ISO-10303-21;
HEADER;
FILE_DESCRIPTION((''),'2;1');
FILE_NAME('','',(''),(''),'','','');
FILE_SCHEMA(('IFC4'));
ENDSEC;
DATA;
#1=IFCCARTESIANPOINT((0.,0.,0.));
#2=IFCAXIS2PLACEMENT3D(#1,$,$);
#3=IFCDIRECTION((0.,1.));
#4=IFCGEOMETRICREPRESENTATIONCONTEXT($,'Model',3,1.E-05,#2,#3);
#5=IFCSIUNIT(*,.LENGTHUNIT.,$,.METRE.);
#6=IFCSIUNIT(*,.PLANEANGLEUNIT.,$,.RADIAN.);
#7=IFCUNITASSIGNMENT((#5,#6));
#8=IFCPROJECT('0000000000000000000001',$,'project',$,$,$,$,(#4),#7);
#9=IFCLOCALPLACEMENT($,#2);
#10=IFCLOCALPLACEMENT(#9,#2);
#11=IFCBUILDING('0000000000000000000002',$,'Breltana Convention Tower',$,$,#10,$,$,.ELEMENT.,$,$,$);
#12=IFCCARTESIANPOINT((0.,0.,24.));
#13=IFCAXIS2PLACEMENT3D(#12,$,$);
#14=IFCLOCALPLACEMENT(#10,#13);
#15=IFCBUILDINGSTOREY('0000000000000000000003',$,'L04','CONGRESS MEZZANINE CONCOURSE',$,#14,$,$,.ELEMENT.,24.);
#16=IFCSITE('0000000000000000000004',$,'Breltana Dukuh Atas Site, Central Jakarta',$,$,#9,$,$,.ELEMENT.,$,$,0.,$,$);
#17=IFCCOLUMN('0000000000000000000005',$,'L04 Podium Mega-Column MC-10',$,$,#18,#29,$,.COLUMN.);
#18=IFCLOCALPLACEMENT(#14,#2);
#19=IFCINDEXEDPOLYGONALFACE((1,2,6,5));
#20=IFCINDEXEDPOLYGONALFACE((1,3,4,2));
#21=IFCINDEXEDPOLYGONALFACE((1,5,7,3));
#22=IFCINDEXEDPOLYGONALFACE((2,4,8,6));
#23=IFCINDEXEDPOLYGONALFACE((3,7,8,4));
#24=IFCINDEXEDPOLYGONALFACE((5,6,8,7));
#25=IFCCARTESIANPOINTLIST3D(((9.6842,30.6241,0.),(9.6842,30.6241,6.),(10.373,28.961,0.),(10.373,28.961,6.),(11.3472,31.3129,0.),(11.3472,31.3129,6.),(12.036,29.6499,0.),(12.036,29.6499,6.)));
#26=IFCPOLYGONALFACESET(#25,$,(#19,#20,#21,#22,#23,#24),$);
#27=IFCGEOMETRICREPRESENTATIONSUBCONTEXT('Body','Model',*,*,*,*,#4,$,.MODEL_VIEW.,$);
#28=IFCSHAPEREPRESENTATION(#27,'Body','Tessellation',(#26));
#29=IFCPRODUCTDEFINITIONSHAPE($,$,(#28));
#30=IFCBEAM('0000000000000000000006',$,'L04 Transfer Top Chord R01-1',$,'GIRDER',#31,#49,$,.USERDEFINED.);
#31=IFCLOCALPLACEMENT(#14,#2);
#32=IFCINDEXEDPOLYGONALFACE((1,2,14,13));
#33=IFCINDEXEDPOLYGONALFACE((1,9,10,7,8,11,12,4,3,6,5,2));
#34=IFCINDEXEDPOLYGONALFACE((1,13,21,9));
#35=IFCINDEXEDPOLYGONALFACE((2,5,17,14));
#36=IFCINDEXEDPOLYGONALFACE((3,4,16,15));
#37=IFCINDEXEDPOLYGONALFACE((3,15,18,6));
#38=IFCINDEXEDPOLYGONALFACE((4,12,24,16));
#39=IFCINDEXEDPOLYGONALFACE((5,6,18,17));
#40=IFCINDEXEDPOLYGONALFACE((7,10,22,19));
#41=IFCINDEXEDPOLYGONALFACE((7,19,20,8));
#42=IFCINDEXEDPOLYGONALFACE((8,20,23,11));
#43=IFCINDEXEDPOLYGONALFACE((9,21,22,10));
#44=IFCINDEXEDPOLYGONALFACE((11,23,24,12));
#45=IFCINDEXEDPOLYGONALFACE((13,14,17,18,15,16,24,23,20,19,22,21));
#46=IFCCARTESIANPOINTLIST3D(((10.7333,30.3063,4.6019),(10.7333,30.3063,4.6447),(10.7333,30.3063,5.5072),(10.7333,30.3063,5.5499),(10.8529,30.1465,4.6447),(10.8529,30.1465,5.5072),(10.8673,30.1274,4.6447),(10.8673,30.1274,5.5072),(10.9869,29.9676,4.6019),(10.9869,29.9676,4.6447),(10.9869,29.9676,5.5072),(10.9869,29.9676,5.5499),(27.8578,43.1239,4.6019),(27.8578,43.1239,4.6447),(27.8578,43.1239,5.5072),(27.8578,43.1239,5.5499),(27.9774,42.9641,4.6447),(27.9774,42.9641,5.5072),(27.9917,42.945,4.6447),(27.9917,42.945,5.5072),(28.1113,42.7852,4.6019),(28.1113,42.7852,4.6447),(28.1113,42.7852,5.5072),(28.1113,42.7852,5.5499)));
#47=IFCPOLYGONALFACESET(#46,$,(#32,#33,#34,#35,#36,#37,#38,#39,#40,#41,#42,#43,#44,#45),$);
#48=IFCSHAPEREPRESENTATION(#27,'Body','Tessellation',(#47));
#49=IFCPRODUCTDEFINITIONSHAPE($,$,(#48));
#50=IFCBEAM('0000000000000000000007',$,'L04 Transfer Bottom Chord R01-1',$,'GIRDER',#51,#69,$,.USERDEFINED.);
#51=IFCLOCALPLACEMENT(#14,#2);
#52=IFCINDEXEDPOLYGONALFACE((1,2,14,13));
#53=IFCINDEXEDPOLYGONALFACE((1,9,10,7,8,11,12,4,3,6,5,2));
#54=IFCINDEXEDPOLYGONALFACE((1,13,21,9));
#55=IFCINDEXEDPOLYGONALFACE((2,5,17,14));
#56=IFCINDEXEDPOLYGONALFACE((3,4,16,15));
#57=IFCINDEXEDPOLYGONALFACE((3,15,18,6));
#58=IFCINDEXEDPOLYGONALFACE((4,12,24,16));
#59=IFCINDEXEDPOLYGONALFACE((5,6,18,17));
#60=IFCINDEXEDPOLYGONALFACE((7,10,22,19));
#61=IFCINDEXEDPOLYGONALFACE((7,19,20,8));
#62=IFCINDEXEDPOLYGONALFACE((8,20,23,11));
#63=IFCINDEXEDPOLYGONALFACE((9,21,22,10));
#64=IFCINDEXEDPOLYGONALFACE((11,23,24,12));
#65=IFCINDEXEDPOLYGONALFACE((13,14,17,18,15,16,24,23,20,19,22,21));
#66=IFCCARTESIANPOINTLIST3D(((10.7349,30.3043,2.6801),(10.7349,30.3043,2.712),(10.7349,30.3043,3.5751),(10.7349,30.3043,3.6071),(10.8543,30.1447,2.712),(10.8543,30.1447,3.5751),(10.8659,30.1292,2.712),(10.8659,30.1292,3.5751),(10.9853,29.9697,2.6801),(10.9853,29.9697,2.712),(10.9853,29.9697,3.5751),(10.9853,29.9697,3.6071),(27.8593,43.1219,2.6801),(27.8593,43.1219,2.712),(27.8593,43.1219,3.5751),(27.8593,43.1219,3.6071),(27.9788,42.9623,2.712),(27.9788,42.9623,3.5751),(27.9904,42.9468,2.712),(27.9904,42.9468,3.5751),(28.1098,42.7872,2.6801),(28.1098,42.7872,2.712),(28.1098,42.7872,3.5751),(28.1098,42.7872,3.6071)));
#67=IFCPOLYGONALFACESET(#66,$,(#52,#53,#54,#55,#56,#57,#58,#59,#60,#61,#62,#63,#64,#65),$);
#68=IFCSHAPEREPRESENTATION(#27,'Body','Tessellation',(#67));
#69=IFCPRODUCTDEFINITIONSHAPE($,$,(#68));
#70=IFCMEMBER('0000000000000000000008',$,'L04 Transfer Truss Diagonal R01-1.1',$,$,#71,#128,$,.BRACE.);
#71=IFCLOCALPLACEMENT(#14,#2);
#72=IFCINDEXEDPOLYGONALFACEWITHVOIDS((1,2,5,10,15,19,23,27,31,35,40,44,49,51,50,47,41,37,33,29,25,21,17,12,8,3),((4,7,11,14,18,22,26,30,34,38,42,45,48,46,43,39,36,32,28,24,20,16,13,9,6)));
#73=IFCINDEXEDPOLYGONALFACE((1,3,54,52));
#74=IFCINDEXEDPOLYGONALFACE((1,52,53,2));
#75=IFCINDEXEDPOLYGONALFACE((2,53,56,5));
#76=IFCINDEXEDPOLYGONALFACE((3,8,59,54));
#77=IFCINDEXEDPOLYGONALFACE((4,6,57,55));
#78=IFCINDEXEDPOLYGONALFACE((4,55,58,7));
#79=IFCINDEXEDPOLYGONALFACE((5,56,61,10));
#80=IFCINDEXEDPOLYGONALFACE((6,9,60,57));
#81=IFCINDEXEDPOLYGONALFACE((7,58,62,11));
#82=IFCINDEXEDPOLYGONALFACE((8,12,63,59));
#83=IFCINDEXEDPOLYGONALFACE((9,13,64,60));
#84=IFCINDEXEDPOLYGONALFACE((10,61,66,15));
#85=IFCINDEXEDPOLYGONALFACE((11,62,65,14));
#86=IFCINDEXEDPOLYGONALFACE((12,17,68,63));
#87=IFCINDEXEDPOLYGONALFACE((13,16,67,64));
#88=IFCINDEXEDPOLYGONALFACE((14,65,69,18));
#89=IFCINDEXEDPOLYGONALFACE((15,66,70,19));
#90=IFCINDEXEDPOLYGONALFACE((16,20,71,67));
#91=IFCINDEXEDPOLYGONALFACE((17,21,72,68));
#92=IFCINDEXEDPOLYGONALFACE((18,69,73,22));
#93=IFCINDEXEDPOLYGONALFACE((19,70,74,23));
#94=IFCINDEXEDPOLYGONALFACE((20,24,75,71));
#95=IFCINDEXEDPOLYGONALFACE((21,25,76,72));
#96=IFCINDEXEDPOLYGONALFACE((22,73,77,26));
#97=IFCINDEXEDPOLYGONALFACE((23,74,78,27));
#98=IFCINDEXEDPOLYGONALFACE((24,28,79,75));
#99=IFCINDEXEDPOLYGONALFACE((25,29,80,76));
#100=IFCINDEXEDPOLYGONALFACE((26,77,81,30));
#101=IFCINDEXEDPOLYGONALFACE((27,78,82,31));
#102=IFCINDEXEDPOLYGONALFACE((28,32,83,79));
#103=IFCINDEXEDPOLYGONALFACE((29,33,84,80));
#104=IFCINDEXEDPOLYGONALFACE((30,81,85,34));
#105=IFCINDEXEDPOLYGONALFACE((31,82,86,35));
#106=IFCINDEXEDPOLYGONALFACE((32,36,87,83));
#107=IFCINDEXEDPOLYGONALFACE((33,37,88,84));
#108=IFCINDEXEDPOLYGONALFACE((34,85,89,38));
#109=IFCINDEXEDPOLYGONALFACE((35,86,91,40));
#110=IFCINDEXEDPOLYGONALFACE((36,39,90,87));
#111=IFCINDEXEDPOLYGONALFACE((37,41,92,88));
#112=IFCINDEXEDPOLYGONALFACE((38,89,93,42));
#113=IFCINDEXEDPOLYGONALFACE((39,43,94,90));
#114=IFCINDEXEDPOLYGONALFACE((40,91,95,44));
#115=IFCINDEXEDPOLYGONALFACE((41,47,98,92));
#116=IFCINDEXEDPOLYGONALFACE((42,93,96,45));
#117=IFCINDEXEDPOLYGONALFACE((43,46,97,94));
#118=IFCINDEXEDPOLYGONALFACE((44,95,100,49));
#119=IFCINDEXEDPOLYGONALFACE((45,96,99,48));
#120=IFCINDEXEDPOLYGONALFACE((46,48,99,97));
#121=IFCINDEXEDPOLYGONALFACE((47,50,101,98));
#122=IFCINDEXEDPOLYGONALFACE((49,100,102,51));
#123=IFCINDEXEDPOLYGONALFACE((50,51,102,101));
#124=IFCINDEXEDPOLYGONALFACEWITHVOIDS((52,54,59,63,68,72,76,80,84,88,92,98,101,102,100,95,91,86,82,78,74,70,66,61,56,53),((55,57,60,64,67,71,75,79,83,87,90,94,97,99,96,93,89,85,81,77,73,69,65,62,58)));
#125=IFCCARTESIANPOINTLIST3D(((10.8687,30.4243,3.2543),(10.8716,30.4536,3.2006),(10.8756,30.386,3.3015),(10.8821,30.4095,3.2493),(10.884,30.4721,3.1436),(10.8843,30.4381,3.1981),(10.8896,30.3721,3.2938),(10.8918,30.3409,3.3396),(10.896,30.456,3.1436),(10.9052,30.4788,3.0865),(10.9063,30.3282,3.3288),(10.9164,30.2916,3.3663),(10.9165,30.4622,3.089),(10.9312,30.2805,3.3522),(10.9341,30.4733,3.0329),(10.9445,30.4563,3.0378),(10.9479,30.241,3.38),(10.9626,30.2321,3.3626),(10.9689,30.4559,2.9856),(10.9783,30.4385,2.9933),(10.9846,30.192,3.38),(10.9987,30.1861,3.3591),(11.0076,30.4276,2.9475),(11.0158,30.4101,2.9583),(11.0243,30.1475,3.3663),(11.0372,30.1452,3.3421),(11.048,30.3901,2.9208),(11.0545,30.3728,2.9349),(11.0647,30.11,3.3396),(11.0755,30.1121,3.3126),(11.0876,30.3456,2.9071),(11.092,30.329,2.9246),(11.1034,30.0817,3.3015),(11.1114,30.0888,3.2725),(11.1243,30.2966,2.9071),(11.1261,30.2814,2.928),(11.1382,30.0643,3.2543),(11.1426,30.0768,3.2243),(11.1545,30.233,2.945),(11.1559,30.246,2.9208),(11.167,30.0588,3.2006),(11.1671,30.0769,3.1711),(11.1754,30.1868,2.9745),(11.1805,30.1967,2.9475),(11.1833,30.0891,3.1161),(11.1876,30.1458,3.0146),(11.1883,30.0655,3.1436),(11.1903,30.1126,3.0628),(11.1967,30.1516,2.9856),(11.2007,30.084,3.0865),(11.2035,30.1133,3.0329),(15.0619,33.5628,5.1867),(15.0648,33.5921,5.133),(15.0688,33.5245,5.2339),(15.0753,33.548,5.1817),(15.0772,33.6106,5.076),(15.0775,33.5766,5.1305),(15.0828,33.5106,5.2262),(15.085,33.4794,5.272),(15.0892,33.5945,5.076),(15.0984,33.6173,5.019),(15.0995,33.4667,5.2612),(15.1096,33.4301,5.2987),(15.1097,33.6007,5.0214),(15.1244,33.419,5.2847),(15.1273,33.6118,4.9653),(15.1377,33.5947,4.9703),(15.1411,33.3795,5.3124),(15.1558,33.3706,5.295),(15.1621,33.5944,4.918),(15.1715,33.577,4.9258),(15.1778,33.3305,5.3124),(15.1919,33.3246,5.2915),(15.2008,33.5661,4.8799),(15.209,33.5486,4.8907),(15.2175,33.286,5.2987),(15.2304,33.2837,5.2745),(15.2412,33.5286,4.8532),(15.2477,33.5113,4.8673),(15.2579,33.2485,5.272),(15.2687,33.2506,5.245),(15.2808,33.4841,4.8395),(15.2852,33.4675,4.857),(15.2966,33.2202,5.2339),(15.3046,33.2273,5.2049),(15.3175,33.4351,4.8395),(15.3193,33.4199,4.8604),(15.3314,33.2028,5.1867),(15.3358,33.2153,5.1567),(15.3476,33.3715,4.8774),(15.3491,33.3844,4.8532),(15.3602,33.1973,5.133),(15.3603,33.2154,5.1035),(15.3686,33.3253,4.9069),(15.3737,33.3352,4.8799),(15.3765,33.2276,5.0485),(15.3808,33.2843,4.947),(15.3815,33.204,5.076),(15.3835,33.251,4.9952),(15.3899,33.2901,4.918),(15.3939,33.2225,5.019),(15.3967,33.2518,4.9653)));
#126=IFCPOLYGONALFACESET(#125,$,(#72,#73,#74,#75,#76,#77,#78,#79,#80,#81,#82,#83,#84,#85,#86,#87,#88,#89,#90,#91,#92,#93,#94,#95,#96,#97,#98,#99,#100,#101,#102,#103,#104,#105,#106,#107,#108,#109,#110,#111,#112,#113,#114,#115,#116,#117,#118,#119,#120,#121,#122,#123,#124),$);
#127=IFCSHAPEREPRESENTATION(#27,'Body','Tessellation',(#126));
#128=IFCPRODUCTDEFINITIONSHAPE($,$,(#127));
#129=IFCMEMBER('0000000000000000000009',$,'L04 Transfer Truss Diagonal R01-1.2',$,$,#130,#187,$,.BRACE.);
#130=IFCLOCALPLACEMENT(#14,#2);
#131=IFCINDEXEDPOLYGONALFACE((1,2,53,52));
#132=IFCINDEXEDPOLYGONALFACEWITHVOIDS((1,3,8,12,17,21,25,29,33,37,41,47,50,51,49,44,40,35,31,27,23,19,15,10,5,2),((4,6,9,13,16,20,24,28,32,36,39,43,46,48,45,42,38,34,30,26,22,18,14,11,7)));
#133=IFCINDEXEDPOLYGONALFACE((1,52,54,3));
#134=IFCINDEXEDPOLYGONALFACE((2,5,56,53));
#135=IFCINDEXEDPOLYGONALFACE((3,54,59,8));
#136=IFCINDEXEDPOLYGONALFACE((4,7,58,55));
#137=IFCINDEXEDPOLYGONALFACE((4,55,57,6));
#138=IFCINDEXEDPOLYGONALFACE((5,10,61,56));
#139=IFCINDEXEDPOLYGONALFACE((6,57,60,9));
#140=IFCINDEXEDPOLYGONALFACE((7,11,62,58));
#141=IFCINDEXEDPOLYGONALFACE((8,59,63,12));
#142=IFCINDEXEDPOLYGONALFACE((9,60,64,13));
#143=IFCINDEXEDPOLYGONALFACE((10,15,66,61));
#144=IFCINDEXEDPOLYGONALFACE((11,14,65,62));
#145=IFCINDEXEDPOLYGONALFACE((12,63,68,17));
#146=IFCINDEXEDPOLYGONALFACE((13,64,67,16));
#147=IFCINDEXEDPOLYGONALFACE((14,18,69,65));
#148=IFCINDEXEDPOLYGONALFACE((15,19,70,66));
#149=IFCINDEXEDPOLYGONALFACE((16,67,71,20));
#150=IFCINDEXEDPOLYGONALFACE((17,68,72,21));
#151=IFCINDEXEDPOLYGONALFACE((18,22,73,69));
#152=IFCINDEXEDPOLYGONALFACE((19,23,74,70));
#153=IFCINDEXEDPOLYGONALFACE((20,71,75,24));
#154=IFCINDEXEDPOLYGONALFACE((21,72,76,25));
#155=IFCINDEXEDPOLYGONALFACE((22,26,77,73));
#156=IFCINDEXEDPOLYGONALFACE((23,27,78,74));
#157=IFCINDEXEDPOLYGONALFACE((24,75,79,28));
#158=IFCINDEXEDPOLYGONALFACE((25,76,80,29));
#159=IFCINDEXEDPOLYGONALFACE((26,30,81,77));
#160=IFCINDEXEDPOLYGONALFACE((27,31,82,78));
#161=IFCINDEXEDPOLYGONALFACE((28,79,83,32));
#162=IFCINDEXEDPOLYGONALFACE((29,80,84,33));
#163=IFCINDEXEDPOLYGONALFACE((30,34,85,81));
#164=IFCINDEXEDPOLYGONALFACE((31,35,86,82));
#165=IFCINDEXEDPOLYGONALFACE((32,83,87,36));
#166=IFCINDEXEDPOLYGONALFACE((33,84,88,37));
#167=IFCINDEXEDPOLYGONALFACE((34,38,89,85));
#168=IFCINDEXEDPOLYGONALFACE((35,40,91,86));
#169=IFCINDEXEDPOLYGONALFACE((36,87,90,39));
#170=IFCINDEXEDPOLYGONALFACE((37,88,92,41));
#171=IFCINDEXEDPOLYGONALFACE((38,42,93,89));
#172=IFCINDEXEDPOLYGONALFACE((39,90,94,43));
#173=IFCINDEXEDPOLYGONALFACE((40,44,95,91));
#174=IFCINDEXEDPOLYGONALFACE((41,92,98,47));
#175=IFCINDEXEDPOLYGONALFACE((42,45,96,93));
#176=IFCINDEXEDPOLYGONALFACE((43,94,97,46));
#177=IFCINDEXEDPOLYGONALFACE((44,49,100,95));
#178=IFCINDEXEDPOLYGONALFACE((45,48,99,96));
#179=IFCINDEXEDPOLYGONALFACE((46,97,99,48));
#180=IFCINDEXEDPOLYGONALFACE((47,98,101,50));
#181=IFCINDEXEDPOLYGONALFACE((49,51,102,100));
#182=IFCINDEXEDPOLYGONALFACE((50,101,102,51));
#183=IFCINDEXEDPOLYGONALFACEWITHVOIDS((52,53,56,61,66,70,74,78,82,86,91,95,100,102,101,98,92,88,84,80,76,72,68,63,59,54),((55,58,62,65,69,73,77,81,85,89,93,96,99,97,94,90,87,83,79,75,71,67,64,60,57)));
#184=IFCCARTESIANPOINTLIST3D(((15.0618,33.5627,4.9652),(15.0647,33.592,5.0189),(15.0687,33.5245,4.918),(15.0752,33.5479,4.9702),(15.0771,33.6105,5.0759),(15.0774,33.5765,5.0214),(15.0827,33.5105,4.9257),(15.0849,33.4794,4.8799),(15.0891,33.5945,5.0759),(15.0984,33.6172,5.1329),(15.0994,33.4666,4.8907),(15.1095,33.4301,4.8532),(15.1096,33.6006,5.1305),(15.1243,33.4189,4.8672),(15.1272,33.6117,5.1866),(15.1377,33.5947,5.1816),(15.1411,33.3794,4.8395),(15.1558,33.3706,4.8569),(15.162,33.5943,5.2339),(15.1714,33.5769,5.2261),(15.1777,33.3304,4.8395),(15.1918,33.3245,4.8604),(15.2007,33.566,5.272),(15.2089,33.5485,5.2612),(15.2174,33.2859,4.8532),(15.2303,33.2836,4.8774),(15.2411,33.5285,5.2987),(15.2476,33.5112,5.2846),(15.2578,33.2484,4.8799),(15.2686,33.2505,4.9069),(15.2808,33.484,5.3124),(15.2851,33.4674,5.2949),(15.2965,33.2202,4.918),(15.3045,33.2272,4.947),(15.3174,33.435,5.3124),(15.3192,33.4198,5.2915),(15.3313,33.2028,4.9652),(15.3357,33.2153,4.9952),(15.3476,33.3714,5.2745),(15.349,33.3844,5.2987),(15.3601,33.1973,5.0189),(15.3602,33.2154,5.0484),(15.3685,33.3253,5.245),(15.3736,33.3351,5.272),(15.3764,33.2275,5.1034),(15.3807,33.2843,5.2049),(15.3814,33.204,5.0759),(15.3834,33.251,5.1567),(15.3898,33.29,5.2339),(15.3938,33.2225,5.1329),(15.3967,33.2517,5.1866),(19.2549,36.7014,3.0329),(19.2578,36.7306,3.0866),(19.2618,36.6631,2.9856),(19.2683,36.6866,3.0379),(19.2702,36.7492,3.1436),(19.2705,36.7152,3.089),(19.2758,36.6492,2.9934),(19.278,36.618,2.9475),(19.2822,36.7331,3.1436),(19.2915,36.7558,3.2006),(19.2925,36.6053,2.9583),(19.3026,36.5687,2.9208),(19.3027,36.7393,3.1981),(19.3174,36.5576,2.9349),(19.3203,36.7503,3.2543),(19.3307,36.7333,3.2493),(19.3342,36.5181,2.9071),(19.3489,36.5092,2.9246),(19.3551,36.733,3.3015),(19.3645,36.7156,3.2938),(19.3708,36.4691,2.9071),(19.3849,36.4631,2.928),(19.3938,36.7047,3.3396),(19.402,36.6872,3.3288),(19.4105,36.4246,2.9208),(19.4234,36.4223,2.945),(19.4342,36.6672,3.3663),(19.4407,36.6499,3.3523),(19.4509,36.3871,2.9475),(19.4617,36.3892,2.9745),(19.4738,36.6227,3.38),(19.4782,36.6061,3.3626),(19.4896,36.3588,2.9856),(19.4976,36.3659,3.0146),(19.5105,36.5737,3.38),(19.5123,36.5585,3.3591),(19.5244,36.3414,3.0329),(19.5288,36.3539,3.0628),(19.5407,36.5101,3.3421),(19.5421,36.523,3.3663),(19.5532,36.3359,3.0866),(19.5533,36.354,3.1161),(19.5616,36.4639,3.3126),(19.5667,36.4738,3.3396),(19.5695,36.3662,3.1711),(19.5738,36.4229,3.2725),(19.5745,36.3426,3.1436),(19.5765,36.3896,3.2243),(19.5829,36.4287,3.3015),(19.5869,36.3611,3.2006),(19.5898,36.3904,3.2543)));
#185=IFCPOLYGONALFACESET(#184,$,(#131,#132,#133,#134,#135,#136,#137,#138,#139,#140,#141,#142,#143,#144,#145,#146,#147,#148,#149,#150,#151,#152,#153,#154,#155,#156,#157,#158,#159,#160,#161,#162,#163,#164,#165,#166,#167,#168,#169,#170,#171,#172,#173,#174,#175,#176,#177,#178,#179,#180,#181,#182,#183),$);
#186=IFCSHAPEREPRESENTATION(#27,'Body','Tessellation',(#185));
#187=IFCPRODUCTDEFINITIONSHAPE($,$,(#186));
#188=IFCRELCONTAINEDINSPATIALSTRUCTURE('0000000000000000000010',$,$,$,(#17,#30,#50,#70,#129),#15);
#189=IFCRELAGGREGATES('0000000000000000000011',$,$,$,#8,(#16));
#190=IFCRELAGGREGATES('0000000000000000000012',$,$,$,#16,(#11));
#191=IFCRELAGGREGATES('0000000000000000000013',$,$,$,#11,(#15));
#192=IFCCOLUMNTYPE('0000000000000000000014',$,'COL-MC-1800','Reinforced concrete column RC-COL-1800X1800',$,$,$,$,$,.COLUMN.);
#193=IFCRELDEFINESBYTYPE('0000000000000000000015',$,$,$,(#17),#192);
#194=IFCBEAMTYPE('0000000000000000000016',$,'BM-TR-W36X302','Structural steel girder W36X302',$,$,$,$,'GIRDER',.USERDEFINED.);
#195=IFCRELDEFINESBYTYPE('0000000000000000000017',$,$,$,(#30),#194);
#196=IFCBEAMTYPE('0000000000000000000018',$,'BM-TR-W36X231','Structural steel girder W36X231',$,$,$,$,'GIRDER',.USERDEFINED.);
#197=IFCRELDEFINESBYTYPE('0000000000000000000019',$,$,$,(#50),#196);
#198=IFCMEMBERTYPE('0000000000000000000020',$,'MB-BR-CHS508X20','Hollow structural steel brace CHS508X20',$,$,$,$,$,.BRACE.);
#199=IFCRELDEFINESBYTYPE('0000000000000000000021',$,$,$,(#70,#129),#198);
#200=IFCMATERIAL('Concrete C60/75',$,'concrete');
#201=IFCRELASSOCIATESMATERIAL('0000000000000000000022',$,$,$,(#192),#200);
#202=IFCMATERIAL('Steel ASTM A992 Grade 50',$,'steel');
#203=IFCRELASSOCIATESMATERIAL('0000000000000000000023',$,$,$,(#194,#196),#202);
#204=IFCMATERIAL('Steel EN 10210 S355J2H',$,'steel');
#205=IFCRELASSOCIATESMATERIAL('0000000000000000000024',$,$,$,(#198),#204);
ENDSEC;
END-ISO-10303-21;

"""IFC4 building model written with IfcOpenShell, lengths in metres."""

from ifc_helpers import new_model, si_unit, direction, frame, origin, origin_2d, place, context, subcontext, project, spatial, rectangle, hollow_circle, i_section, extrude, source, transform, mapped, material, material_profile, profile_set, type_object, type_shapes, element, save


model = new_model("IFC4")

# Units and contexts
model_context = context("Model", 3, precision=1e-05, world=origin(), true_north=direction((0.0, 1.0)))
body_context = subcontext(model_context, "Body", "Model", "MODEL_VIEW")
ifc_project = project(units=[si_unit("LENGTHUNIT", "METRE"), si_unit("PLANEANGLEUNIT", "RADIAN")], contexts=[model_context])

# Site, building, storey
site_placement = place(None, origin())
site = spatial("IfcSite", under=ifc_project, at=site_placement, Name="Breltana Dukuh Atas Site, Central Jakarta", CompositionType="ELEMENT", RefElevation=0.0)
building_placement = place(site_placement, origin())
building = spatial("IfcBuilding", under=site, at=building_placement, Name="Breltana Convention Tower", CompositionType="ELEMENT")
storey_placement = place(building_placement, frame((0.0, 0.0, 24.0)))
storey = spatial("IfcBuildingStorey", under=building, at=storey_placement, Name="L04", Description="CONGRESS MEZZANINE CONCOURSE", CompositionType="ELEMENT", Elevation=24.0)

# Column
ifc_material_1 = material(Name="Concrete C60/75", Category="concrete")
ifc_material_profile_1 = material_profile(ifc_material_1, rectangle(XDim=1.8, YDim=1.8, at=origin_2d()), Name="RC-COL-1800X1800")
ifc_profile_set_1 = profile_set([ifc_material_profile_1], Name="Concrete C60/75")
column_type = type_object("IfcColumnType", Name="COL-MC-1800", Description="Reinforced concrete column RC-COL-1800X1800", PredefinedType="COLUMN", material=ifc_profile_set_1)
shared_shape_1 = source(origin(), body_context, "Body", "SweptSolid", [
    extrude(rectangle(XDim=1.8, YDim=1.8, at=origin_2d()), origin(), (0.0, 0.0, 1.0), 6.0),
])
type_shapes(column_type, [shared_shape_1])
column_placement = place(storey_placement, frame((10.8601, 30.137, 0.0), z_axis=(0.0, 0.0, 1.0), x_axis=(-0.92388, -0.382683, 0.0)))
element("IfcColumn", 1, at=column_placement, inside=storey, type_object=column_type, Name="L04 Podium Mega-Column MC-10", PredefinedType="COLUMN", context=body_context, shape_type="MappedRepresentation", body=[
    mapped(shared_shape_1, transform((0.0, 0.0, 0.0), scale=1.0)),
])

# Beams
ifc_material_2 = material(Name="Steel ASTM A992 Grade 50", Category="steel")
ifc_material_profile_2 = material_profile(ifc_material_2, i_section(OverallWidth=0.4231, OverallDepth=0.948, WebThickness=0.0239, FlangeThickness=0.0427, at=origin_2d()), Name="W36X302")
ifc_profile_set_2 = profile_set([ifc_material_profile_2], Name="Steel ASTM A992 Grade 50")
beam_type_1 = type_object("IfcBeamType", Name="BM-TR-W36X302", Description="Structural steel girder W36X302", ElementType="GIRDER", PredefinedType="USERDEFINED", material=ifc_profile_set_2)
shared_shape_2 = source(origin(), body_context, "Body", "SweptSolid", [
    extrude(i_section(OverallWidth=0.4231, OverallDepth=0.948, WebThickness=0.0239, FlangeThickness=0.0427, at=origin_2d()), origin(), (0.0, 0.0, 1.0), 21.3901),
])
type_shapes(beam_type_1, [shared_shape_2])
beam_1_placement = place(storey_placement, frame((10.8601, 30.137, 5.0759), z_axis=(0.800578, 0.599229, 0.0), x_axis=(-0.599229, 0.800578, 0.0)))
element("IfcBeam", 2, at=beam_1_placement, inside=storey, type_object=beam_type_1, Name="L04 Transfer Top Chord R01-1", ObjectType="GIRDER", PredefinedType="USERDEFINED", context=body_context, shape_type="MappedRepresentation", body=[
    mapped(shared_shape_2, transform((0.0, 0.0, 0.0), scale=1.0)),
])
ifc_material_profile_3 = material_profile(ifc_material_2, i_section(OverallWidth=0.418, OverallDepth=0.927, WebThickness=0.0193, FlangeThickness=0.032, at=origin_2d()), Name="W36X231")
ifc_profile_set_3 = profile_set([ifc_material_profile_3], Name="Steel ASTM A992 Grade 50")
beam_type_2 = type_object("IfcBeamType", Name="BM-TR-W36X231", Description="Structural steel girder W36X231", ElementType="GIRDER", PredefinedType="USERDEFINED", material=ifc_profile_set_3)
shared_shape_3 = source(origin(), body_context, "Body", "SweptSolid", [
    extrude(i_section(OverallWidth=0.418, OverallDepth=0.927, WebThickness=0.0193, FlangeThickness=0.032, at=origin_2d()), origin(), (0.0, 0.0, 1.0), 21.3901),
])
type_shapes(beam_type_2, [shared_shape_3])
beam_2_placement = place(storey_placement, frame((10.8601, 30.137, 3.1436), z_axis=(0.800578, 0.599229, 0.0), x_axis=(-0.599229, 0.800578, 0.0)))
element("IfcBeam", 3, at=beam_2_placement, inside=storey, type_object=beam_type_2, Name="L04 Transfer Bottom Chord R01-1", ObjectType="GIRDER", PredefinedType="USERDEFINED", context=body_context, shape_type="MappedRepresentation", body=[
    mapped(shared_shape_3, transform((0.0, 0.0, 0.0), scale=1.0)),
])

# Members
ifc_material_3 = material(Name="Steel EN 10210 S355J2H", Category="steel")
ifc_material_profile_4 = material_profile(ifc_material_3, hollow_circle(Radius=0.2539, WallThickness=0.02, at=origin_2d()), Name="CHS508X20")
ifc_profile_set_4 = profile_set([ifc_material_profile_4], Name="Steel EN 10210 S355J2H")
member_type = type_object("IfcMemberType", Name="MB-BR-CHS508X20", Description="Hollow structural steel brace CHS508X20", PredefinedType="BRACE", material=ifc_profile_set_4)
shared_shape_4 = source(origin(), body_context, "Body", "SweptSolid", [
    extrude(hollow_circle(Radius=0.2539, WallThickness=0.02, at=origin_2d()), origin(), (0.0, 0.0, 1.0), 5.5828),
])
type_shapes(member_type, [shared_shape_4])
for number, where, z_axis, x_axis, name in (
    (4, (11.0361, 30.2688, 3.1436), (0.751097, 0.562175, 0.346139), (-0.599217, 0.800587, 0.0), "L04 Transfer Truss Diagonal R01-1.1"),
    (5, (15.2292, 33.4072, 5.0759), (0.751079, 0.562205, -0.34613), (-0.599246, 0.800565, 0.0), "L04 Transfer Truss Diagonal R01-1.2"),
):
    element("IfcMember", number, at=place(storey_placement, frame(where, z_axis=z_axis, x_axis=x_axis)), inside=storey, type_object=member_type, Name=name, PredefinedType="BRACE", context=body_context, shape_type="MappedRepresentation", body=[
        mapped(shared_shape_4, transform((0.0, 0.0, 0.0), scale=1.0)),
    ])

save(model, "model.ifc")
